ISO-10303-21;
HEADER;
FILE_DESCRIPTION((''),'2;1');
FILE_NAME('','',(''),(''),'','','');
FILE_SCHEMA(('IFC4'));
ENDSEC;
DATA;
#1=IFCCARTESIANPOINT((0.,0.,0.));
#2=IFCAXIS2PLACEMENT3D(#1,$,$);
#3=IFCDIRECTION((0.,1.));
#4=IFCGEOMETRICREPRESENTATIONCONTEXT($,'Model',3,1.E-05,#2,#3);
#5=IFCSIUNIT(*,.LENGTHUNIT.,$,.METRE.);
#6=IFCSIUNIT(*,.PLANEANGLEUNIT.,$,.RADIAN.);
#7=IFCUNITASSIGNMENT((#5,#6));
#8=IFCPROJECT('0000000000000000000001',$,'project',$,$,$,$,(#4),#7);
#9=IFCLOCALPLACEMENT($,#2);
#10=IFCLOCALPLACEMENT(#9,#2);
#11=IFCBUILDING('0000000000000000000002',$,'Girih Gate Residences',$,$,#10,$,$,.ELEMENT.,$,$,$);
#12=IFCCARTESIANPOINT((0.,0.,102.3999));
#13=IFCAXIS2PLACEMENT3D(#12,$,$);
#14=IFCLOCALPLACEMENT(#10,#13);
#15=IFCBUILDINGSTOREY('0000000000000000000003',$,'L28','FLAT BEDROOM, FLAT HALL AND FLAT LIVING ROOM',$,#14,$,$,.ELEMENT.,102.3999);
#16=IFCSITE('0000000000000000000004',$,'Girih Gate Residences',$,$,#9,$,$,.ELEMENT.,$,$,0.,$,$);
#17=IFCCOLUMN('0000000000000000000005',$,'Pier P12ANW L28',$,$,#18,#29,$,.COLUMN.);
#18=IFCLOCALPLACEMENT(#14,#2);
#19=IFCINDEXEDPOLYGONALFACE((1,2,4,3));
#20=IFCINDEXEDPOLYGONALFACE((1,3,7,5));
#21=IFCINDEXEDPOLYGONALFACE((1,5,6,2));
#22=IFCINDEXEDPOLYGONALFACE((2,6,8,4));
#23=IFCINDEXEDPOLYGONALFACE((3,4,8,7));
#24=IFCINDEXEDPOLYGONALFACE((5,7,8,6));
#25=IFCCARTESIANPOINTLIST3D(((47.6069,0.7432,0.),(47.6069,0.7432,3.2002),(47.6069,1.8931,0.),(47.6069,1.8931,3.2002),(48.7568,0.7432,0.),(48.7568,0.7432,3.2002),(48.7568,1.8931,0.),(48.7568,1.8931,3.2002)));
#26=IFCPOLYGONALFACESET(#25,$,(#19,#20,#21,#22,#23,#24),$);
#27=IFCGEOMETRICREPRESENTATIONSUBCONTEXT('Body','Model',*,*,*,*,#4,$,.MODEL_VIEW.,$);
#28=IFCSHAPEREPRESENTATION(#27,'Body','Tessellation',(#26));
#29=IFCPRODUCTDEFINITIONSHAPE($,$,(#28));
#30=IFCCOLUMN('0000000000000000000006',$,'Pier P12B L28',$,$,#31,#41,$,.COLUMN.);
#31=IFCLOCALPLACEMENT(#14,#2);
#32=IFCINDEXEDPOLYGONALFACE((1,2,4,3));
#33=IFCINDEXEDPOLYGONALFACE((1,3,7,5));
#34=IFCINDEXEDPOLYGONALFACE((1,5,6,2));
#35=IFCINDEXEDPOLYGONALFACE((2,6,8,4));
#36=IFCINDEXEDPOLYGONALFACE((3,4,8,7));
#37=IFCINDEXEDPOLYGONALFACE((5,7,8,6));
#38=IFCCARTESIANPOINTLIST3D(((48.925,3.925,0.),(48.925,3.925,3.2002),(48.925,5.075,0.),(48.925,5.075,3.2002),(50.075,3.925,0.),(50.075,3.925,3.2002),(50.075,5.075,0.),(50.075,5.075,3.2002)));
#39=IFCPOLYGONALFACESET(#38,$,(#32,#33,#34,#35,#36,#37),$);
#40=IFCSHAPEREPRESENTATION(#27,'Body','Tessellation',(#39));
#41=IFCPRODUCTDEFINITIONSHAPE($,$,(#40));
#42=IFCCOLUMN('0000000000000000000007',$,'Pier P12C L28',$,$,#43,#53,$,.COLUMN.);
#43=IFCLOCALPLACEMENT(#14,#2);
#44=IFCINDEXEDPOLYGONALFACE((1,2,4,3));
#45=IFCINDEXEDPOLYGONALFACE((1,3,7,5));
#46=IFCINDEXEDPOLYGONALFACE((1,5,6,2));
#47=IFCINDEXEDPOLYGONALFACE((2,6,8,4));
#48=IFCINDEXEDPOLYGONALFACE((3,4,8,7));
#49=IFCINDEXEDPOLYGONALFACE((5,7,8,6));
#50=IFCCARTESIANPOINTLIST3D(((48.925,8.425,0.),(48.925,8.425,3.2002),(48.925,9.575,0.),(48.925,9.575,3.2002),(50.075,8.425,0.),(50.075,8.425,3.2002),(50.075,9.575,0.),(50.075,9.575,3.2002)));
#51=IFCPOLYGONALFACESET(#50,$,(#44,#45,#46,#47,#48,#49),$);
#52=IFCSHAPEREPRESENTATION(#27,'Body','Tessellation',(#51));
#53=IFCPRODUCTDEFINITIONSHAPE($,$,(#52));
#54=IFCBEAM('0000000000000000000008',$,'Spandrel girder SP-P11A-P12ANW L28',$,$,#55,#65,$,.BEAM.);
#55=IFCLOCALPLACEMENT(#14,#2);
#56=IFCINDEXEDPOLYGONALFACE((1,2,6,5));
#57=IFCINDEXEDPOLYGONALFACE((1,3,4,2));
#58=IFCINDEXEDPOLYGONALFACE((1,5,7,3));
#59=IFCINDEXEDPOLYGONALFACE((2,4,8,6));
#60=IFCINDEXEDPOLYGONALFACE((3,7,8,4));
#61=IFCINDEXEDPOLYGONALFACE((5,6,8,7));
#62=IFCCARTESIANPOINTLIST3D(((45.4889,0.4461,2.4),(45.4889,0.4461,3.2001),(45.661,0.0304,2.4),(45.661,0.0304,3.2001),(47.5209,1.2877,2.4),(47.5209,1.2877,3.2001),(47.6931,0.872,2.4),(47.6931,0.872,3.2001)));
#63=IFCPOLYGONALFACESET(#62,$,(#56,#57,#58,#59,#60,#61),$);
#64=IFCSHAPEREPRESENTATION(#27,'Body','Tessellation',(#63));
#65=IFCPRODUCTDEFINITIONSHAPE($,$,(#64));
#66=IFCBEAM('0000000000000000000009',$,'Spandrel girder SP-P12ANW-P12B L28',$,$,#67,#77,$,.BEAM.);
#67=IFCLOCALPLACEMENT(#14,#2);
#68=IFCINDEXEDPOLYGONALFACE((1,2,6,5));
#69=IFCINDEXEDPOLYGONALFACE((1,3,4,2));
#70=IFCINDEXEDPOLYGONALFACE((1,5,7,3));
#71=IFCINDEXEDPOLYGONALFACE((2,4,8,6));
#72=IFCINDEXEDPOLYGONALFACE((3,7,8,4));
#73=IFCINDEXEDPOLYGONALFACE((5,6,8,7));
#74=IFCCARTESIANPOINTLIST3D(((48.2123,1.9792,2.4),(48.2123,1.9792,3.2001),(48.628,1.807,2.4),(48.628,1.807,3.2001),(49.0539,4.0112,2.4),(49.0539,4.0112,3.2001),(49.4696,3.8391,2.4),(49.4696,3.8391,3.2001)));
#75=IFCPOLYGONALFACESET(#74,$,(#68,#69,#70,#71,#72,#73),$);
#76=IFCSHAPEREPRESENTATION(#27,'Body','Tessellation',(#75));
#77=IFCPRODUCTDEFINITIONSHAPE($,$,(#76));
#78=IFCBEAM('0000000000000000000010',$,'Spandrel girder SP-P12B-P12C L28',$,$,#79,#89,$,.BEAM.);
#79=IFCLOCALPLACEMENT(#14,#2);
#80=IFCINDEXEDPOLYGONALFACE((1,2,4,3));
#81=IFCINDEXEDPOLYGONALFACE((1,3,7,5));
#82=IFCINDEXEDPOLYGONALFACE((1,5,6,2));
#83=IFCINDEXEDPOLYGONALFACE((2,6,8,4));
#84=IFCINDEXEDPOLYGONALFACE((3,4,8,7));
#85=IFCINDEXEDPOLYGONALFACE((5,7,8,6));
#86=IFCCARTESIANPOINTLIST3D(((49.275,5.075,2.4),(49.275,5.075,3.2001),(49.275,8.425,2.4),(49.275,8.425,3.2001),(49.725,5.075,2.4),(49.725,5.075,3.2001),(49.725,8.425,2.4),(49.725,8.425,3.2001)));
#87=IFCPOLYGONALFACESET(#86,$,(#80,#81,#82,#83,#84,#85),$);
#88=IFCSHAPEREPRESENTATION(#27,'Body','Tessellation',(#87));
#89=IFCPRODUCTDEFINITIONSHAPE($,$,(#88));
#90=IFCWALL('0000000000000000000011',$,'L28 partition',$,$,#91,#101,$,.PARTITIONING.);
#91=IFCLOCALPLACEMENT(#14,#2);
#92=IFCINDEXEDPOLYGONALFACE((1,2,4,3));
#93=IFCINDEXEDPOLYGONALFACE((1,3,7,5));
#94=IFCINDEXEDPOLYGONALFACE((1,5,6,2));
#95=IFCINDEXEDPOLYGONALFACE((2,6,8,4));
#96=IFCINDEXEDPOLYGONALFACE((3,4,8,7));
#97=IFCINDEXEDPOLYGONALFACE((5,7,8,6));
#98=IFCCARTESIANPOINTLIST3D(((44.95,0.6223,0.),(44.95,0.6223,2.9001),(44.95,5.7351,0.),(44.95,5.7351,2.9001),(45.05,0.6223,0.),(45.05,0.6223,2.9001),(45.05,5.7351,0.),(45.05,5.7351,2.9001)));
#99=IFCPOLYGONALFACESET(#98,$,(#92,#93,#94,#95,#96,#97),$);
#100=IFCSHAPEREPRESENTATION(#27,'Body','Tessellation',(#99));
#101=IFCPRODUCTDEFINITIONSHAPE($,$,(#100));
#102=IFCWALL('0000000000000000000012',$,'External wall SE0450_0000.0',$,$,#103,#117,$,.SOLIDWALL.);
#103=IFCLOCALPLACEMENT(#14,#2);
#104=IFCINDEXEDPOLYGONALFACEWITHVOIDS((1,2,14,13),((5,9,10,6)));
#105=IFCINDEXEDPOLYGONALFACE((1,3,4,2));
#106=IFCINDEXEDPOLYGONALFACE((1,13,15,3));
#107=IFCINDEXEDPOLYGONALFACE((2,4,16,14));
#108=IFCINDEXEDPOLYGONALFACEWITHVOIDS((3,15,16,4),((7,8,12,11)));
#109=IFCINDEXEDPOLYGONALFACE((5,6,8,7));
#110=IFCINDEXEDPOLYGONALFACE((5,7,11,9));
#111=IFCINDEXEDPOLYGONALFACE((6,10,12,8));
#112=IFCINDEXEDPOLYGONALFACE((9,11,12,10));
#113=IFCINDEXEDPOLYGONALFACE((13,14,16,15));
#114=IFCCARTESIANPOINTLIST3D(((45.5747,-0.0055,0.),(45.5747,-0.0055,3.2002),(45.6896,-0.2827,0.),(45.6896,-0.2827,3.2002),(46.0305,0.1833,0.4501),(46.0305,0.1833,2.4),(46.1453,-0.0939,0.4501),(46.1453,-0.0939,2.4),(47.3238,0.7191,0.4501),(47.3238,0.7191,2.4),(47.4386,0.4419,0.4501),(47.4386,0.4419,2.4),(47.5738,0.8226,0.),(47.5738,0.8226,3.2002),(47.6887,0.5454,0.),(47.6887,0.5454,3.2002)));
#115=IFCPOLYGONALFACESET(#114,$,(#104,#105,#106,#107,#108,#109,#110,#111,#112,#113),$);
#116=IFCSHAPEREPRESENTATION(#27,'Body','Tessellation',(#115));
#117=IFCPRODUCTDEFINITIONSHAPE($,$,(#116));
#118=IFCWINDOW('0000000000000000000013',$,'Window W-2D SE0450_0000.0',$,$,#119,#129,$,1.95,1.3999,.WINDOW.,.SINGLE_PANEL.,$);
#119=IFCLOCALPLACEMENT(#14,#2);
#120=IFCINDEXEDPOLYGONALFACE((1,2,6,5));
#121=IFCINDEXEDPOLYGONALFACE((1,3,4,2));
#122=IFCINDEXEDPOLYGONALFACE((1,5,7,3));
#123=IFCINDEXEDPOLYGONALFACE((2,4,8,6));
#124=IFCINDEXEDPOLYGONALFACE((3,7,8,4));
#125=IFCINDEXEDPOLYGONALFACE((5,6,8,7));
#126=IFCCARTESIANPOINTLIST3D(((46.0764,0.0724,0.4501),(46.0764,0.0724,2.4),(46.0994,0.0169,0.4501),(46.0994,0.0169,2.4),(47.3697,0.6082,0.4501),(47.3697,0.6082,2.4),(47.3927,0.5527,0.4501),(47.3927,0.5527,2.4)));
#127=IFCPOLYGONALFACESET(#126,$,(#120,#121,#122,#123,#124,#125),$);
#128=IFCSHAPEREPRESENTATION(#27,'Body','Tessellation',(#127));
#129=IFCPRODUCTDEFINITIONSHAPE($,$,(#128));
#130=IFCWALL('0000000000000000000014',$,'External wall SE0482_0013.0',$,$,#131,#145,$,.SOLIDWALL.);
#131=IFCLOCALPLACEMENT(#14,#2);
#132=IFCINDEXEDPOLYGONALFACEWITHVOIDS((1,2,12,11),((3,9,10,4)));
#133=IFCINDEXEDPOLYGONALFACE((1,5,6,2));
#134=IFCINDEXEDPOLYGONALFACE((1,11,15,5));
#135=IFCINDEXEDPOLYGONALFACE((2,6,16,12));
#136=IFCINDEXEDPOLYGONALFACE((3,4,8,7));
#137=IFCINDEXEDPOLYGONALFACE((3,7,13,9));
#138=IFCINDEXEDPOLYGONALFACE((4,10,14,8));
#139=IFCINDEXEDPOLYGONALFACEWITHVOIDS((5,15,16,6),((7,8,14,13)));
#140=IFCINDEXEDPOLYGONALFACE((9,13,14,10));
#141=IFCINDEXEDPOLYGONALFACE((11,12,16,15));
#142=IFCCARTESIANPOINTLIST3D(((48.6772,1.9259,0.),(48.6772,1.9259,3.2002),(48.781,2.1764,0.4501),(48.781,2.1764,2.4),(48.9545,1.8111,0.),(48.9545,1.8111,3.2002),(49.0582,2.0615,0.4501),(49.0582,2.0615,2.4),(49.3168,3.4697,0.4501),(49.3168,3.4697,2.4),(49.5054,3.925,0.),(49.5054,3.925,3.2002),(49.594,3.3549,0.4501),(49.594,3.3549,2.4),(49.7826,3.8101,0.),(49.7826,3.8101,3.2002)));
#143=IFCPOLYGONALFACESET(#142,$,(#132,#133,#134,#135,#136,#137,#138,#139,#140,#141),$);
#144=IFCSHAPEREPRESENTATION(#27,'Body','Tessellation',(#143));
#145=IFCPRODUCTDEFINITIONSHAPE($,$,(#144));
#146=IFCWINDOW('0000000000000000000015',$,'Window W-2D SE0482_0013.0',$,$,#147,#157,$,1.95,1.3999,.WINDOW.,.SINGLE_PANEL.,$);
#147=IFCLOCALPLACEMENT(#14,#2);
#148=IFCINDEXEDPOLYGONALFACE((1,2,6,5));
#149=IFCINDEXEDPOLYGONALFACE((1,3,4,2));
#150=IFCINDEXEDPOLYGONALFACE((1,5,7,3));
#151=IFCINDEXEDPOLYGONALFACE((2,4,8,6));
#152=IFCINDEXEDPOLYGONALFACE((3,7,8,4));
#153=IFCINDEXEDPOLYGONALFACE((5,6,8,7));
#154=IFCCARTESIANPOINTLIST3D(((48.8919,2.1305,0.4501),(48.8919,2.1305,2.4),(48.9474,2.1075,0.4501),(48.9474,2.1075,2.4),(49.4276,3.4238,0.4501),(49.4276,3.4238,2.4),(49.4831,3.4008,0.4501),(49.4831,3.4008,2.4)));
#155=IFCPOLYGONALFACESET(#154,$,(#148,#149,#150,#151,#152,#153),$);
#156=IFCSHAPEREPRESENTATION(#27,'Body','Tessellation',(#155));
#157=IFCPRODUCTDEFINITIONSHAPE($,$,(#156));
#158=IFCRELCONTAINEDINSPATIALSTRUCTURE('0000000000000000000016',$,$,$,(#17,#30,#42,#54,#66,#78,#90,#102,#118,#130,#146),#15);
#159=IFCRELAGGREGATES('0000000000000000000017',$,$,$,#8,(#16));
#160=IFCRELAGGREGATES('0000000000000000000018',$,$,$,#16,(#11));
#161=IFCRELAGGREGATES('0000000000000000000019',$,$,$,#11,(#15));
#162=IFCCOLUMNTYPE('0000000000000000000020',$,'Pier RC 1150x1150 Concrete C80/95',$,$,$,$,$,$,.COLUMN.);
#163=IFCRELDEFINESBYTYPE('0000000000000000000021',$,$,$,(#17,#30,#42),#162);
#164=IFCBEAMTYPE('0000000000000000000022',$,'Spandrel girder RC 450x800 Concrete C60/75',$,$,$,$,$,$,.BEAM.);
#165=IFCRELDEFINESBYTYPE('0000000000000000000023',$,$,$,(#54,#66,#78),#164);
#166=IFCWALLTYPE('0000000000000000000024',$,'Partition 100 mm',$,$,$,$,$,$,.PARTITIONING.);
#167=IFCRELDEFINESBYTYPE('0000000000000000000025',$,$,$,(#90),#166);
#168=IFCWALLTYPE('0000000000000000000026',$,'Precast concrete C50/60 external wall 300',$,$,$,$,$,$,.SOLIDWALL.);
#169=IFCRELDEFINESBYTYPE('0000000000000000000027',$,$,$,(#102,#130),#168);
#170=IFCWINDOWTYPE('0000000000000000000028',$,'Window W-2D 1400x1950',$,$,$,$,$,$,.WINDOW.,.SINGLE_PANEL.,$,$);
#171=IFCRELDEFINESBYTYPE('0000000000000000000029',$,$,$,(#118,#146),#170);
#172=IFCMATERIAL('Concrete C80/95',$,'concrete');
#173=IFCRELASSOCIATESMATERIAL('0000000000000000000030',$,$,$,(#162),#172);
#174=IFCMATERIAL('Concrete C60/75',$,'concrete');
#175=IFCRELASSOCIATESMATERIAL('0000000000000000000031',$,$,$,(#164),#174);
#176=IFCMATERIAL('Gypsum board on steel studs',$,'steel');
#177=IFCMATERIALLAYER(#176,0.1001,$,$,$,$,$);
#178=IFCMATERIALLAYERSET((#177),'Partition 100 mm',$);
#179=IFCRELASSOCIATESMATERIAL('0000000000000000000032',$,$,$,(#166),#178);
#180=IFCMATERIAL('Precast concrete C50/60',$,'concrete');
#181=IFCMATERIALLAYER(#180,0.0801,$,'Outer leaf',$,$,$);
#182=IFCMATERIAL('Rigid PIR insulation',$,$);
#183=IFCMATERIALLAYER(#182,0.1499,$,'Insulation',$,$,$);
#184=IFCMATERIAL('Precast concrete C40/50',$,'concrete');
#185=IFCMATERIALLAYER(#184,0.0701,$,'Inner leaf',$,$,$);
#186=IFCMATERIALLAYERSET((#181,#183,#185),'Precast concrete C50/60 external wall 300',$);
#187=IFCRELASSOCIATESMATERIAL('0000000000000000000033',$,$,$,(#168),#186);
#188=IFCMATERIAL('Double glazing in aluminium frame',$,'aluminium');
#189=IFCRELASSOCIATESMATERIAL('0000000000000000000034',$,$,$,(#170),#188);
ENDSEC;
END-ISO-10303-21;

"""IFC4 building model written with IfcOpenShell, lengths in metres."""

from ifc_helpers import new_model, si_unit, direction, frame, frame_2d, origin, origin_2d, place, context, subcontext, project, spatial, rectangle, extrude, material, layer, layer_set, material_profile, profile_set, type_object, element, fill, save


model = new_model("IFC4")

# Units and contexts
model_context = context("Model", 3, precision=1e-05, world=origin(), true_north=direction((0.0, 1.0)))
body_context = subcontext(model_context, "Body", "Model", "MODEL_VIEW")
ifc_project = project(units=[si_unit("LENGTHUNIT", "METRE"), si_unit("PLANEANGLEUNIT", "RADIAN")], contexts=[model_context])

# Site, building, storey
site_placement = place(None, origin())
site = spatial("IfcSite", under=ifc_project, at=site_placement, Name="Girih Gate Residences", CompositionType="ELEMENT", RefElevation=0.0)
building_placement = place(site_placement, origin())
building = spatial("IfcBuilding", under=site, at=building_placement, Name="Girih Gate Residences", CompositionType="ELEMENT")
storey_placement = place(building_placement, frame((0.0, 0.0, 102.3999)))
storey = spatial("IfcBuildingStorey", under=building, at=storey_placement, Name="L28", Description="FLAT BEDROOM, FLAT HALL AND FLAT LIVING ROOM", CompositionType="ELEMENT", Elevation=102.3999)

# Columns
ifc_material_1 = material(Name="Concrete C80/95", Category="concrete")
ifc_material_profile_1 = material_profile(ifc_material_1, rectangle(XDim=1.1499, YDim=1.1499, at=origin_2d()))
ifc_profile_set_1 = profile_set([ifc_material_profile_1], Name="Concrete C80/95")
column_type = type_object("IfcColumnType", Name="Pier RC 1150x1150 Concrete C80/95", PredefinedType="COLUMN", material=ifc_profile_set_1)
for number, where, z_axis, x_axis, name in (
    (1, (48.1819, 1.3181, 0.0), (0.0, 0.0, 1.0), (1.0, 0.0, 0.0), "Pier P12ANW L28"),
    (2, (49.5, 4.5, 0.0), (0.0, 0.0, 1.0), (1.0, 0.0, 0.0), "Pier P12B L28"),
    (3, (49.5, 9.0, 0.0), (0.0, 0.0, 1.0), (1.0, 0.0, 0.0), "Pier P12C L28"),
):
    element("IfcColumn", number, at=place(storey_placement, frame(where, z_axis=z_axis, x_axis=x_axis)), inside=storey, type_object=column_type, Name=name, PredefinedType="COLUMN", context=body_context, shape_type="SweptSolid", body=[
        extrude(rectangle(XDim=1.1499, YDim=1.1499, at=origin_2d()), origin(), (0.0, 0.0, 1.0), 3.2002),
    ])

# Beams
ifc_material_2 = material(Name="Concrete C60/75", Category="concrete")
ifc_material_profile_2 = material_profile(ifc_material_2, rectangle(XDim=0.45, YDim=0.8, at=origin_2d()))
ifc_profile_set_2 = profile_set([ifc_material_profile_2], Name="Concrete C60/75")
beam_type = type_object("IfcBeamType", Name="Spandrel girder RC 450x800 Concrete C60/75", PredefinedType="BEAM", material=ifc_profile_set_2)
for number, where, z_axis, x_axis, name in (
    (4, (45.575, 0.2383, 2.8), (0.923899, 0.382636, 0.0), (-0.382636, 0.923899, 0.0), "Spandrel girder SP-P11A-P12ANW L28"),
    (5, (48.4202, 1.8931, 2.8), (0.382636, 0.923899, 0.0), (-0.923899, 0.382636, 0.0), "Spandrel girder SP-P12ANW-P12B L28"),
):
    element("IfcBeam", number, at=place(storey_placement, frame(where, z_axis=z_axis, x_axis=x_axis)), inside=storey, type_object=beam_type, Name=name, PredefinedType="BEAM", context=body_context, shape_type="SweptSolid", body=[
        extrude(rectangle(XDim=0.45, YDim=0.8, at=origin_2d()), origin(), (0.0, 0.0, 1.0), 2.1995),
    ])
beam_placement = place(storey_placement, frame((49.5, 5.075, 2.8), z_axis=(0.0, 1.0, 0.0), x_axis=(-1.0, 0.0, 0.0)))
element("IfcBeam", 6, at=beam_placement, inside=storey, type_object=beam_type, Name="Spandrel girder SP-P12B-P12C L28", PredefinedType="BEAM", context=body_context, shape_type="SweptSolid", body=[
    extrude(rectangle(XDim=0.45, YDim=0.8, at=origin_2d()), origin(), (0.0, 0.0, 1.0), 3.3501),
])

# Wall
ifc_material_3 = material(Name="Gypsum board on steel studs", Category="steel")
ifc_layer_1 = layer(ifc_material_3, 0.1001)
ifc_layer_set_1 = layer_set([ifc_layer_1], Name="Partition 100 mm")
wall_type_1 = type_object("IfcWallType", Name="Partition 100 mm", PredefinedType="PARTITIONING", material=ifc_layer_set_1)
wall_1_placement = place(storey_placement, frame((45.0, 0.6223, 0.0), z_axis=(0.0, 0.0, 1.0), x_axis=(0.0, 1.0, 0.0)))
element("IfcWall", 7, at=wall_1_placement, inside=storey, type_object=wall_type_1, Name="L28 partition", PredefinedType="PARTITIONING", context=body_context, shape_type="SweptSolid", body=[
    extrude(rectangle(XDim=5.1128, YDim=0.1001, at=frame_2d((2.5564, 0.0))), origin(), (0.0, 0.0, 1.0), 2.9001),
])

# Walls, openings, windows
ifc_material_4 = material(Name="Precast concrete C50/60", Category="concrete")
ifc_layer_2 = layer(ifc_material_4, 0.0801, Name="Outer leaf")
ifc_material_5 = material(Name="Rigid PIR insulation")
ifc_layer_3 = layer(ifc_material_5, 0.1499, Name="Insulation")
ifc_material_6 = material(Name="Precast concrete C40/50", Category="concrete")
ifc_layer_4 = layer(ifc_material_6, 0.0701, Name="Inner leaf")
ifc_layer_set_2 = layer_set([ifc_layer_2, ifc_layer_3, ifc_layer_4], Name="Precast concrete C50/60 external wall 300")
wall_type_2 = type_object("IfcWallType", Name="Precast concrete C50/60 external wall 300", PredefinedType="SOLIDWALL", material=ifc_layer_set_2)
wall_2_placement = place(storey_placement, frame((47.6313, 0.6841, 0.0), z_axis=(0.0, 0.0, 1.0), x_axis=(-0.923863, -0.382724, 0.0)))
wall_2 = element("IfcWall", 8, at=wall_2_placement, inside=storey, type_object=wall_type_2, Name="External wall SE0450_0000.0", PredefinedType="SOLIDWALL", context=body_context, shape_type="SweptSolid", body=[
    extrude(rectangle(XDim=2.1638, YDim=0.3, at=frame_2d((1.082, 0.0))), origin(), (0.0, 0.0, 1.0), 3.2002),
])
opening_1_placement = place(wall_2_placement, frame((0.2708, 0.0, 0.45)))
opening_1 = element("IfcOpeningElement", 9, at=opening_1_placement, cuts=wall_2, PredefinedType="OPENING", context=body_context, shape_type="SweptSolid", body=[
    extrude(rectangle(XDim=1.3999, YDim=1.95, at=frame_2d((0.7, 0.9751))), frame((0.0, 0.1599, 0.0), z_axis=(0.0, -1.0, 0.0), x_axis=(1.0, 0.0, 0.0)), (0.0, 0.0, 1.0), 0.3201),
])
ifc_material_7 = material(Name="Double glazing in aluminium frame", Category="aluminium")
window_type_1 = type_object("IfcWindowType", Name="Window W-2D 1400x1950", PartitioningType="SINGLE_PANEL", PredefinedType="WINDOW", material=ifc_material_7)
window_1_placement = place(opening_1_placement, origin())
window_1 = element("IfcWindow", 10, at=window_1_placement, inside=storey, type_object=window_type_1, Name="Window W-2D SE0450_0000.0", OverallHeight=1.95, OverallWidth=1.3999, PartitioningType="SINGLE_PANEL", PredefinedType="WINDOW", context=body_context, shape_type="SweptSolid", body=[
    extrude(rectangle(XDim=1.3999, YDim=1.95, at=frame_2d((0.7, 0.9751))), frame((0.0, 0.03, 0.0), z_axis=(0.0, -1.0, 0.0), x_axis=(1.0, 0.0, 0.0)), (0.0, 0.0, 1.0), 0.0601),
])
fill(opening_1, window_1)
wall_3_placement = place(storey_placement, frame((49.644, 3.8677, 0.0), z_axis=(0.0, 0.0, 1.0), x_axis=(-0.382724, -0.923863, 0.0)))
wall_3 = element("IfcWall", 11, at=wall_3_placement, inside=storey, type_object=wall_type_2, Name="External wall SE0482_0013.0", PredefinedType="SOLIDWALL", context=body_context, shape_type="SweptSolid", body=[
    extrude(rectangle(XDim=2.1638, YDim=0.3, at=frame_2d((1.082, 0.0))), origin(), (0.0, 0.0, 1.0), 3.2002),
])
opening_2_placement = place(wall_3_placement, frame((0.4929, 0.0, 0.45)))
opening_2 = element("IfcOpeningElement", 12, at=opening_2_placement, cuts=wall_3, PredefinedType="OPENING", context=body_context, shape_type="SweptSolid", body=[
    extrude(rectangle(XDim=1.3999, YDim=1.95, at=frame_2d((0.7, 0.9751))), frame((0.0, 0.1599, 0.0), z_axis=(0.0, -1.0, 0.0), x_axis=(1.0, 0.0, 0.0)), (0.0, 0.0, 1.0), 0.3201),
])
window_2_placement = place(opening_2_placement, origin())
window_2 = element("IfcWindow", 13, at=window_2_placement, inside=storey, type_object=window_type_1, Name="Window W-2D SE0482_0013.0", OverallHeight=1.95, OverallWidth=1.3999, PartitioningType="SINGLE_PANEL", PredefinedType="WINDOW", context=body_context, shape_type="SweptSolid", body=[
    extrude(rectangle(XDim=1.3999, YDim=1.95, at=frame_2d((0.7, 0.9751))), frame((0.0, 0.03, 0.0), z_axis=(0.0, -1.0, 0.0), x_axis=(1.0, 0.0, 0.0)), (0.0, 0.0, 1.0), 0.0601),
])
fill(opening_2, window_2)

save(model, "model.ifc")
